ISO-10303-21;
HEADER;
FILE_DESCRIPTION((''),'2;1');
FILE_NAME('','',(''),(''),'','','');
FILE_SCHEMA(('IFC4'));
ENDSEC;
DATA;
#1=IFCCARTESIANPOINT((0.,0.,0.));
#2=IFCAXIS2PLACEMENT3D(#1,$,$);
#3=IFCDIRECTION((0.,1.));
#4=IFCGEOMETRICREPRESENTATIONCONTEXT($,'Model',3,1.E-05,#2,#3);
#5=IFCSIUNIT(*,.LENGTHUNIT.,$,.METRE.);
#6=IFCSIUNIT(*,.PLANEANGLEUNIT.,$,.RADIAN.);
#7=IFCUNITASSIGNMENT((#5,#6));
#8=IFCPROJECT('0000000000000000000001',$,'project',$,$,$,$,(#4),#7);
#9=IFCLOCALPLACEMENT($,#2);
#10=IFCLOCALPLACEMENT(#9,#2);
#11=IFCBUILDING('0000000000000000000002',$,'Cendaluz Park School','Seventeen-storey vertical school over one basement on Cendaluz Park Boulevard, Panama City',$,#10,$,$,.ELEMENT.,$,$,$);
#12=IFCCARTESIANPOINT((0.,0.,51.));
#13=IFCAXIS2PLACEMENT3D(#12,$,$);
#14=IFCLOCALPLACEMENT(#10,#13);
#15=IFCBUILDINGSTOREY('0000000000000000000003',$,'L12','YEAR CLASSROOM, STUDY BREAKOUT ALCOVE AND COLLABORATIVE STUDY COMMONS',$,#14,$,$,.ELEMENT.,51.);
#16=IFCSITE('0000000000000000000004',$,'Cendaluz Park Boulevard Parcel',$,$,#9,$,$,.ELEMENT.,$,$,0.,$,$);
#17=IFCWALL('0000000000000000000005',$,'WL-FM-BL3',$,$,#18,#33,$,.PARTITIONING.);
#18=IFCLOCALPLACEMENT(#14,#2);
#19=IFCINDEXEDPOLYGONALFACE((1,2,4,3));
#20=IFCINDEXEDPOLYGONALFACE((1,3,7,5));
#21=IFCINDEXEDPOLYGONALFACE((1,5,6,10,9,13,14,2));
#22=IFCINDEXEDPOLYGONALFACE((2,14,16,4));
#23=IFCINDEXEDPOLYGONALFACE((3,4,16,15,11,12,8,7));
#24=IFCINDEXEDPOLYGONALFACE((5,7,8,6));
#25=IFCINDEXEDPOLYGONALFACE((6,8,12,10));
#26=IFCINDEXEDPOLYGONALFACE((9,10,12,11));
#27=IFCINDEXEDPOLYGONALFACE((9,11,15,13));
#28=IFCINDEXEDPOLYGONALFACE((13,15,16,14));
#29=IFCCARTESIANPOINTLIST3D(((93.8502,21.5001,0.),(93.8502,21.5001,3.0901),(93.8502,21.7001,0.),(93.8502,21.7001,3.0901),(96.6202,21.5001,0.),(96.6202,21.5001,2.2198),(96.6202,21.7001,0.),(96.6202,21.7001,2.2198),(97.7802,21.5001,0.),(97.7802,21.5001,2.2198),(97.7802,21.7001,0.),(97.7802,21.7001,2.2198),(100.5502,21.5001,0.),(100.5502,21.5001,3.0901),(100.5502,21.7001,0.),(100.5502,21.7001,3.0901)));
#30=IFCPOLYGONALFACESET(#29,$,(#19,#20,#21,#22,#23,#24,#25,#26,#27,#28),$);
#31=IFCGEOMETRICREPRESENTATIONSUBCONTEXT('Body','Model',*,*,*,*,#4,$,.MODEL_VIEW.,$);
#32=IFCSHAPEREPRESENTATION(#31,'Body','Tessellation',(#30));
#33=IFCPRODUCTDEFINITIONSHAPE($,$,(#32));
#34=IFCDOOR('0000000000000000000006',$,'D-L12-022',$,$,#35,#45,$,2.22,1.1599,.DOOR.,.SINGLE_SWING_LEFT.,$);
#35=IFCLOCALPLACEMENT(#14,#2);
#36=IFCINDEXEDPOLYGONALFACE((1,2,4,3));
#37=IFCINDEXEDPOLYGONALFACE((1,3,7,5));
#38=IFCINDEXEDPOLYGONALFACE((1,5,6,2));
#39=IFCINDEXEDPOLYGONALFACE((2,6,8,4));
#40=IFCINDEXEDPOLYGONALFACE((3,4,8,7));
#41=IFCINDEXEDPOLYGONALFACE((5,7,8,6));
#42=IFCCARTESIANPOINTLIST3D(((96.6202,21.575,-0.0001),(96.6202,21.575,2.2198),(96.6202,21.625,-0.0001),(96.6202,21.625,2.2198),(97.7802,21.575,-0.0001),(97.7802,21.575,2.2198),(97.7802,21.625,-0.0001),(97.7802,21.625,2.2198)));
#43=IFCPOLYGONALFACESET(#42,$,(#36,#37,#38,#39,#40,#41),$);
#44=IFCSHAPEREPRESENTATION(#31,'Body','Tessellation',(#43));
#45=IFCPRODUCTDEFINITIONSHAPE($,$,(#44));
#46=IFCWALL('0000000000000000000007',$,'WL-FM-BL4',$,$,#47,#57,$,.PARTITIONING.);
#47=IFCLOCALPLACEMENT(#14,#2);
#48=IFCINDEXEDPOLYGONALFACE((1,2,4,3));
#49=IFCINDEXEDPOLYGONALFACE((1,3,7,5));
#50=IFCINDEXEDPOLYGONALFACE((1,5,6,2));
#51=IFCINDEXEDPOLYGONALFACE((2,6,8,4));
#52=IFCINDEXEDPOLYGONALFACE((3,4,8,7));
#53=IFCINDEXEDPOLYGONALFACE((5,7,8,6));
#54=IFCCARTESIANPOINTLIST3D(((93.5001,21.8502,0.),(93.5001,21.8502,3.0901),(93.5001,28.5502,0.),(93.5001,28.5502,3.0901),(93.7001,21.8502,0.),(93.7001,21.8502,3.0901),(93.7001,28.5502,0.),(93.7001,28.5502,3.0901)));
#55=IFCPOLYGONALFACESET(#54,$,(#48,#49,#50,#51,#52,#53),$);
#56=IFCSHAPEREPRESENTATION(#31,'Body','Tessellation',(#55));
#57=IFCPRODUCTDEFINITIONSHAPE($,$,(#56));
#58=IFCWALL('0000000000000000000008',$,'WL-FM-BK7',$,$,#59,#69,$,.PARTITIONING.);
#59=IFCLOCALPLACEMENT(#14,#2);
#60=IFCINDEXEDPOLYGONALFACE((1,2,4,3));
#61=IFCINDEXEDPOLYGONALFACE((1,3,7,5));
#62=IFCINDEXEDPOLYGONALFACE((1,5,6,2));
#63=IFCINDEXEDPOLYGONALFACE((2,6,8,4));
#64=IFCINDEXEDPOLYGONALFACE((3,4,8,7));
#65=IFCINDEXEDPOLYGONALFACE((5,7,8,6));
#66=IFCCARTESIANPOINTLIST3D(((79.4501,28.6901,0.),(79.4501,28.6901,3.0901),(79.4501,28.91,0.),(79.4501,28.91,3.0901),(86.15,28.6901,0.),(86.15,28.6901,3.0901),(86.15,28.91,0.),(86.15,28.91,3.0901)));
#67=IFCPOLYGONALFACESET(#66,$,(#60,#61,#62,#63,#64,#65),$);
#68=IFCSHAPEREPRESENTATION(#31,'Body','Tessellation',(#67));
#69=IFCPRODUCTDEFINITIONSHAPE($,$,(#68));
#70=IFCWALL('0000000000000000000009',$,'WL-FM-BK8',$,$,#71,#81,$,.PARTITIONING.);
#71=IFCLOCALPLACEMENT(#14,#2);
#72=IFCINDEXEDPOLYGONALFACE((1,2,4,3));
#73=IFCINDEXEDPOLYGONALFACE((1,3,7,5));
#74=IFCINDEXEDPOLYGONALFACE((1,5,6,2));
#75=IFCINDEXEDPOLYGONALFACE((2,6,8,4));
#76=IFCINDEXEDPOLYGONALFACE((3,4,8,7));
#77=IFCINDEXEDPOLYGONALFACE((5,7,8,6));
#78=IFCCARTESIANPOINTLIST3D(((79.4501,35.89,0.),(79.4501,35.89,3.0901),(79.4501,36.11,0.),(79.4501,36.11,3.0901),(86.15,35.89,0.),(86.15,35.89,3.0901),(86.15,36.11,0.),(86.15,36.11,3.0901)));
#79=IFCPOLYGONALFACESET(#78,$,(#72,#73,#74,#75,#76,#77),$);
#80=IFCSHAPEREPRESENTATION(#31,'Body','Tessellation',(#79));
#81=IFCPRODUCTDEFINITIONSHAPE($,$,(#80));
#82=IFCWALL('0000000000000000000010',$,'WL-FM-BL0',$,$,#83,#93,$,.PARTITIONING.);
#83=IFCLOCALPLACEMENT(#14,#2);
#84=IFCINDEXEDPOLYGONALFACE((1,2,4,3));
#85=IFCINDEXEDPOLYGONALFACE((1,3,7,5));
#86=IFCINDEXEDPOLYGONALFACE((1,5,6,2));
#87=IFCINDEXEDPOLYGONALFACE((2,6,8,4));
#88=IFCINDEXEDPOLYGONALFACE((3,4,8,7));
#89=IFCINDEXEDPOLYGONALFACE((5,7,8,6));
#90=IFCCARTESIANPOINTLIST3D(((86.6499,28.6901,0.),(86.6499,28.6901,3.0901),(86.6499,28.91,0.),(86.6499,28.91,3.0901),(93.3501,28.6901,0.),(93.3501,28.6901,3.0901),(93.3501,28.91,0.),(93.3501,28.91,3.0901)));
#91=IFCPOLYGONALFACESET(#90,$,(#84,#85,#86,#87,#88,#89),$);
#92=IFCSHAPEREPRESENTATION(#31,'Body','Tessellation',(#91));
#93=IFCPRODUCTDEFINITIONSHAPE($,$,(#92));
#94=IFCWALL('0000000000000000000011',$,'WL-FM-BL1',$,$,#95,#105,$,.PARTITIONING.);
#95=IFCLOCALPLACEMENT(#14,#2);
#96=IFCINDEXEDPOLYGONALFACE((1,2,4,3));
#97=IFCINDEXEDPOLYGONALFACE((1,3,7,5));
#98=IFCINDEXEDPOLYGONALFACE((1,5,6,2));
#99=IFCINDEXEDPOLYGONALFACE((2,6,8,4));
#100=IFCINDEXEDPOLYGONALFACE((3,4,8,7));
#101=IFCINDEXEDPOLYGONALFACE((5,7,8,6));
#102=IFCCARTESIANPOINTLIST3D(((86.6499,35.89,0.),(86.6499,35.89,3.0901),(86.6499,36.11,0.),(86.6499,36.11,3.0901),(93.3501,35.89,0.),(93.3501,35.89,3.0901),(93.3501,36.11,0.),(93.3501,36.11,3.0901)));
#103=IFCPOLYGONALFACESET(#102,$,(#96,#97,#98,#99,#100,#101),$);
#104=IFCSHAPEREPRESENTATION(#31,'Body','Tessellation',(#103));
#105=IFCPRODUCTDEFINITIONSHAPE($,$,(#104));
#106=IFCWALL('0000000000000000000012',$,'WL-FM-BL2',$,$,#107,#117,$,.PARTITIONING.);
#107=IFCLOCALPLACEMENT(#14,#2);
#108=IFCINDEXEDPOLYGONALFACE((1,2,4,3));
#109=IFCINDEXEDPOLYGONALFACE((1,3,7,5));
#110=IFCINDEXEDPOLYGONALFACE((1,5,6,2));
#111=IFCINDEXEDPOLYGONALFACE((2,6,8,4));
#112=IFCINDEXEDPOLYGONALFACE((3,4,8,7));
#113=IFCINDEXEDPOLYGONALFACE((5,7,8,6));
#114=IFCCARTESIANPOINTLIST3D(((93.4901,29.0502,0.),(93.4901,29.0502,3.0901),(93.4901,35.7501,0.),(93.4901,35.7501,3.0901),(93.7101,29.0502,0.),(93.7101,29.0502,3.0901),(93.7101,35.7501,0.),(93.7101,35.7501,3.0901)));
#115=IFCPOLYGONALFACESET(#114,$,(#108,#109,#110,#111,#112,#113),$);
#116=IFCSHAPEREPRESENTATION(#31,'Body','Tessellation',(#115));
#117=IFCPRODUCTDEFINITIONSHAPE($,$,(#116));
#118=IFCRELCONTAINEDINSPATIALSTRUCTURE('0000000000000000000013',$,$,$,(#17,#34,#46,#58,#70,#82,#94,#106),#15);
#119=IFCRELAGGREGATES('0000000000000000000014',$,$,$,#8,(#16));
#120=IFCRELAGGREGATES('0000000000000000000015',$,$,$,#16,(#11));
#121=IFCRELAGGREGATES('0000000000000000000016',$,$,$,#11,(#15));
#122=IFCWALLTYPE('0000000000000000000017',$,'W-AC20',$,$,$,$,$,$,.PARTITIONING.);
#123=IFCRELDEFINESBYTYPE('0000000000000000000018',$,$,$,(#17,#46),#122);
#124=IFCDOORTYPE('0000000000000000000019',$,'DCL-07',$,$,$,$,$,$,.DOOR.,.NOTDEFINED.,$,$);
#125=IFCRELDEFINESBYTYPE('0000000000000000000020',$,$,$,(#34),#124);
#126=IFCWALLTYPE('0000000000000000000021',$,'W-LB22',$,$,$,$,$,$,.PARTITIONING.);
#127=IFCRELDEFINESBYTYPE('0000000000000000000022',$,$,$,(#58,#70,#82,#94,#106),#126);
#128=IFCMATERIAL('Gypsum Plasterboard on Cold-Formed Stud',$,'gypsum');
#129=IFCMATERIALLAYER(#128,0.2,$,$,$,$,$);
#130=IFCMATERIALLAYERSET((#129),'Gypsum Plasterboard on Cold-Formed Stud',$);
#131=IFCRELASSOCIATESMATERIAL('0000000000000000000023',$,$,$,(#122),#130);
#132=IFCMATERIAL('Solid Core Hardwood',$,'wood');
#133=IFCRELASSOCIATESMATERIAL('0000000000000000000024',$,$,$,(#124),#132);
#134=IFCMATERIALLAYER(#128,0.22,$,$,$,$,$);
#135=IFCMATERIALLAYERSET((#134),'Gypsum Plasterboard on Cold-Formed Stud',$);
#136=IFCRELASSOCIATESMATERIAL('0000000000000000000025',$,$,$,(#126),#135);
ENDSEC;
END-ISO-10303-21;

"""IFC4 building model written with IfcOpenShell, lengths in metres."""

from ifc_helpers import new_model, si_unit, direction, frame, frame_2d, origin, place, context, subcontext, project, spatial, rectangle, extrude, material, layer, layer_set, type_object, element, fill, save


model = new_model("IFC4")

# Units and contexts
model_context = context("Model", 3, precision=1e-05, world=origin(), true_north=direction((0.0, 1.0)))
body_context = subcontext(model_context, "Body", "Model", "MODEL_VIEW")
ifc_project = project(units=[si_unit("LENGTHUNIT", "METRE"), si_unit("PLANEANGLEUNIT", "RADIAN")], contexts=[model_context])

# Site, building, storey
site_placement = place(None, origin())
site = spatial("IfcSite", under=ifc_project, at=site_placement, Name="Cendaluz Park Boulevard Parcel", CompositionType="ELEMENT", RefElevation=0.0)
building_placement = place(site_placement, origin())
building = spatial("IfcBuilding", under=site, at=building_placement, Name="Cendaluz Park School", Description="Seventeen-storey vertical school over one basement on Cendaluz Park Boulevard, Panama City", CompositionType="ELEMENT")
storey_placement = place(building_placement, frame((0.0, 0.0, 51.0)))
storey = spatial("IfcBuildingStorey", under=building, at=storey_placement, Name="L12", Description="YEAR CLASSROOM, STUDY BREAKOUT ALCOVE AND COLLABORATIVE STUDY COMMONS", CompositionType="ELEMENT", Elevation=51.0)

# Wall, opening, door
ifc_material_1 = material(Name="Gypsum Plasterboard on Cold-Formed Stud", Category="gypsum")
ifc_layer_1 = layer(ifc_material_1, 0.2)
ifc_layer_set_1 = layer_set([ifc_layer_1], Name="Gypsum Plasterboard on Cold-Formed Stud")
wall_type_1 = type_object("IfcWallType", Name="W-AC20", PredefinedType="PARTITIONING", material=ifc_layer_set_1)
wall_1_placement = place(storey_placement, frame((93.8501, 21.6001, 0.0), z_axis=(0.0, 0.0, 1.0), x_axis=(1.0, 0.0, 0.0)))
wall_1 = element("IfcWall", 1, at=wall_1_placement, inside=storey, type_object=wall_type_1, Name="WL-FM-BL3", PredefinedType="PARTITIONING", context=body_context, shape_type="SweptSolid", body=[
    extrude(rectangle(XDim=6.7, YDim=0.2, at=frame_2d((3.3501, 0.0))), origin(), (0.0, 0.0, 1.0), 3.0901),
])
opening_placement = place(wall_1_placement, frame((2.77, 0.0, 0.0)))
opening = element("IfcOpeningElement", 2, at=opening_placement, cuts=wall_1, PredefinedType="OPENING", context=body_context, shape_type="SweptSolid", body=[
    extrude(rectangle(XDim=1.1599, YDim=2.22, at=frame_2d((0.5801, 1.1099))), frame((0.0, 0.1121, 0.0), z_axis=(0.0, -1.0, 0.0), x_axis=(1.0, 0.0, 0.0)), (0.0, 0.0, 1.0), 0.2239),
])
ifc_material_2 = material(Name="Solid Core Hardwood", Category="wood")
door_type = type_object("IfcDoorType", Name="DCL-07", OperationType="NOTDEFINED", PredefinedType="DOOR", material=ifc_material_2)
door_placement = place(opening_placement, origin())
door = element("IfcDoor", 3, at=door_placement, inside=storey, type_object=door_type, Name="D-L12-022", OperationType="SINGLE_SWING_LEFT", OverallHeight=2.22, OverallWidth=1.1599, PredefinedType="DOOR", context=body_context, shape_type="SweptSolid", body=[
    extrude(rectangle(XDim=1.1599, YDim=2.22, at=frame_2d((0.5801, 1.1099))), frame((0.0, 0.0249, 0.0), z_axis=(0.0, -1.0, 0.0), x_axis=(1.0, 0.0, 0.0)), (0.0, 0.0, 1.0), 0.05),
])
fill(opening, door)

# Walls
wall_2_placement = place(storey_placement, frame((93.6001, 21.8501, 0.0), z_axis=(0.0, 0.0, 1.0), x_axis=(0.0, 1.0, 0.0)))
element("IfcWall", 4, at=wall_2_placement, inside=storey, type_object=wall_type_1, Name="WL-FM-BL4", PredefinedType="PARTITIONING", context=body_context, shape_type="SweptSolid", body=[
    extrude(rectangle(XDim=6.7, YDim=0.2, at=frame_2d((3.3501, 0.0))), origin(), (0.0, 0.0, 1.0), 3.0901),
])
ifc_layer_2 = layer(ifc_material_1, 0.22)
ifc_layer_set_2 = layer_set([ifc_layer_2], Name="Gypsum Plasterboard on Cold-Formed Stud")
wall_type_2 = type_object("IfcWallType", Name="W-LB22", PredefinedType="PARTITIONING", material=ifc_layer_set_2)
for number, where, z_axis, x_axis, name in (
    (5, (79.45, 28.8, 0.0), (0.0, 0.0, 1.0), (1.0, 0.0, 0.0), "WL-FM-BK7"),
    (6, (79.45, 36.0, 0.0), (0.0, 0.0, 1.0), (1.0, 0.0, 0.0), "WL-FM-BK8"),
):
    element("IfcWall", number, at=place(storey_placement, frame(where, z_axis=z_axis, x_axis=x_axis)), inside=storey, type_object=wall_type_2, Name=name, PredefinedType="PARTITIONING", context=body_context, shape_type="SweptSolid", body=[
        extrude(rectangle(XDim=6.7, YDim=0.22, at=frame_2d((3.3501, 0.0))), origin(), (0.0, 0.0, 1.0), 3.0901),
    ])
for number, where, z_axis, x_axis, name in (
    (7, (86.6499, 28.8, 0.0), (0.0, 0.0, 1.0), (1.0, 0.0, 0.0), "WL-FM-BL0"),
    (8, (86.6499, 36.0, 0.0), (0.0, 0.0, 1.0), (1.0, 0.0, 0.0), "WL-FM-BL1"),
):
    element("IfcWall", number, at=place(storey_placement, frame(where, z_axis=z_axis, x_axis=x_axis)), inside=storey, type_object=wall_type_2, Name=name, PredefinedType="PARTITIONING", context=body_context, shape_type="SweptSolid", body=[
        extrude(rectangle(XDim=6.7002, YDim=0.22, at=frame_2d((3.3501, 0.0))), origin(), (0.0, 0.0, 1.0), 3.0901),
    ])
wall_3_placement = place(storey_placement, frame((93.6001, 29.05, 0.0), z_axis=(0.0, 0.0, 1.0), x_axis=(0.0, 1.0, 0.0)))
element("IfcWall", 9, at=wall_3_placement, inside=storey, type_object=wall_type_2, Name="WL-FM-BL2", PredefinedType="PARTITIONING", context=body_context, shape_type="SweptSolid", body=[
    extrude(rectangle(XDim=6.7, YDim=0.22, at=frame_2d((3.3501, 0.0))), origin(), (0.0, 0.0, 1.0), 3.0901),
])

save(model, "model.ifc")
